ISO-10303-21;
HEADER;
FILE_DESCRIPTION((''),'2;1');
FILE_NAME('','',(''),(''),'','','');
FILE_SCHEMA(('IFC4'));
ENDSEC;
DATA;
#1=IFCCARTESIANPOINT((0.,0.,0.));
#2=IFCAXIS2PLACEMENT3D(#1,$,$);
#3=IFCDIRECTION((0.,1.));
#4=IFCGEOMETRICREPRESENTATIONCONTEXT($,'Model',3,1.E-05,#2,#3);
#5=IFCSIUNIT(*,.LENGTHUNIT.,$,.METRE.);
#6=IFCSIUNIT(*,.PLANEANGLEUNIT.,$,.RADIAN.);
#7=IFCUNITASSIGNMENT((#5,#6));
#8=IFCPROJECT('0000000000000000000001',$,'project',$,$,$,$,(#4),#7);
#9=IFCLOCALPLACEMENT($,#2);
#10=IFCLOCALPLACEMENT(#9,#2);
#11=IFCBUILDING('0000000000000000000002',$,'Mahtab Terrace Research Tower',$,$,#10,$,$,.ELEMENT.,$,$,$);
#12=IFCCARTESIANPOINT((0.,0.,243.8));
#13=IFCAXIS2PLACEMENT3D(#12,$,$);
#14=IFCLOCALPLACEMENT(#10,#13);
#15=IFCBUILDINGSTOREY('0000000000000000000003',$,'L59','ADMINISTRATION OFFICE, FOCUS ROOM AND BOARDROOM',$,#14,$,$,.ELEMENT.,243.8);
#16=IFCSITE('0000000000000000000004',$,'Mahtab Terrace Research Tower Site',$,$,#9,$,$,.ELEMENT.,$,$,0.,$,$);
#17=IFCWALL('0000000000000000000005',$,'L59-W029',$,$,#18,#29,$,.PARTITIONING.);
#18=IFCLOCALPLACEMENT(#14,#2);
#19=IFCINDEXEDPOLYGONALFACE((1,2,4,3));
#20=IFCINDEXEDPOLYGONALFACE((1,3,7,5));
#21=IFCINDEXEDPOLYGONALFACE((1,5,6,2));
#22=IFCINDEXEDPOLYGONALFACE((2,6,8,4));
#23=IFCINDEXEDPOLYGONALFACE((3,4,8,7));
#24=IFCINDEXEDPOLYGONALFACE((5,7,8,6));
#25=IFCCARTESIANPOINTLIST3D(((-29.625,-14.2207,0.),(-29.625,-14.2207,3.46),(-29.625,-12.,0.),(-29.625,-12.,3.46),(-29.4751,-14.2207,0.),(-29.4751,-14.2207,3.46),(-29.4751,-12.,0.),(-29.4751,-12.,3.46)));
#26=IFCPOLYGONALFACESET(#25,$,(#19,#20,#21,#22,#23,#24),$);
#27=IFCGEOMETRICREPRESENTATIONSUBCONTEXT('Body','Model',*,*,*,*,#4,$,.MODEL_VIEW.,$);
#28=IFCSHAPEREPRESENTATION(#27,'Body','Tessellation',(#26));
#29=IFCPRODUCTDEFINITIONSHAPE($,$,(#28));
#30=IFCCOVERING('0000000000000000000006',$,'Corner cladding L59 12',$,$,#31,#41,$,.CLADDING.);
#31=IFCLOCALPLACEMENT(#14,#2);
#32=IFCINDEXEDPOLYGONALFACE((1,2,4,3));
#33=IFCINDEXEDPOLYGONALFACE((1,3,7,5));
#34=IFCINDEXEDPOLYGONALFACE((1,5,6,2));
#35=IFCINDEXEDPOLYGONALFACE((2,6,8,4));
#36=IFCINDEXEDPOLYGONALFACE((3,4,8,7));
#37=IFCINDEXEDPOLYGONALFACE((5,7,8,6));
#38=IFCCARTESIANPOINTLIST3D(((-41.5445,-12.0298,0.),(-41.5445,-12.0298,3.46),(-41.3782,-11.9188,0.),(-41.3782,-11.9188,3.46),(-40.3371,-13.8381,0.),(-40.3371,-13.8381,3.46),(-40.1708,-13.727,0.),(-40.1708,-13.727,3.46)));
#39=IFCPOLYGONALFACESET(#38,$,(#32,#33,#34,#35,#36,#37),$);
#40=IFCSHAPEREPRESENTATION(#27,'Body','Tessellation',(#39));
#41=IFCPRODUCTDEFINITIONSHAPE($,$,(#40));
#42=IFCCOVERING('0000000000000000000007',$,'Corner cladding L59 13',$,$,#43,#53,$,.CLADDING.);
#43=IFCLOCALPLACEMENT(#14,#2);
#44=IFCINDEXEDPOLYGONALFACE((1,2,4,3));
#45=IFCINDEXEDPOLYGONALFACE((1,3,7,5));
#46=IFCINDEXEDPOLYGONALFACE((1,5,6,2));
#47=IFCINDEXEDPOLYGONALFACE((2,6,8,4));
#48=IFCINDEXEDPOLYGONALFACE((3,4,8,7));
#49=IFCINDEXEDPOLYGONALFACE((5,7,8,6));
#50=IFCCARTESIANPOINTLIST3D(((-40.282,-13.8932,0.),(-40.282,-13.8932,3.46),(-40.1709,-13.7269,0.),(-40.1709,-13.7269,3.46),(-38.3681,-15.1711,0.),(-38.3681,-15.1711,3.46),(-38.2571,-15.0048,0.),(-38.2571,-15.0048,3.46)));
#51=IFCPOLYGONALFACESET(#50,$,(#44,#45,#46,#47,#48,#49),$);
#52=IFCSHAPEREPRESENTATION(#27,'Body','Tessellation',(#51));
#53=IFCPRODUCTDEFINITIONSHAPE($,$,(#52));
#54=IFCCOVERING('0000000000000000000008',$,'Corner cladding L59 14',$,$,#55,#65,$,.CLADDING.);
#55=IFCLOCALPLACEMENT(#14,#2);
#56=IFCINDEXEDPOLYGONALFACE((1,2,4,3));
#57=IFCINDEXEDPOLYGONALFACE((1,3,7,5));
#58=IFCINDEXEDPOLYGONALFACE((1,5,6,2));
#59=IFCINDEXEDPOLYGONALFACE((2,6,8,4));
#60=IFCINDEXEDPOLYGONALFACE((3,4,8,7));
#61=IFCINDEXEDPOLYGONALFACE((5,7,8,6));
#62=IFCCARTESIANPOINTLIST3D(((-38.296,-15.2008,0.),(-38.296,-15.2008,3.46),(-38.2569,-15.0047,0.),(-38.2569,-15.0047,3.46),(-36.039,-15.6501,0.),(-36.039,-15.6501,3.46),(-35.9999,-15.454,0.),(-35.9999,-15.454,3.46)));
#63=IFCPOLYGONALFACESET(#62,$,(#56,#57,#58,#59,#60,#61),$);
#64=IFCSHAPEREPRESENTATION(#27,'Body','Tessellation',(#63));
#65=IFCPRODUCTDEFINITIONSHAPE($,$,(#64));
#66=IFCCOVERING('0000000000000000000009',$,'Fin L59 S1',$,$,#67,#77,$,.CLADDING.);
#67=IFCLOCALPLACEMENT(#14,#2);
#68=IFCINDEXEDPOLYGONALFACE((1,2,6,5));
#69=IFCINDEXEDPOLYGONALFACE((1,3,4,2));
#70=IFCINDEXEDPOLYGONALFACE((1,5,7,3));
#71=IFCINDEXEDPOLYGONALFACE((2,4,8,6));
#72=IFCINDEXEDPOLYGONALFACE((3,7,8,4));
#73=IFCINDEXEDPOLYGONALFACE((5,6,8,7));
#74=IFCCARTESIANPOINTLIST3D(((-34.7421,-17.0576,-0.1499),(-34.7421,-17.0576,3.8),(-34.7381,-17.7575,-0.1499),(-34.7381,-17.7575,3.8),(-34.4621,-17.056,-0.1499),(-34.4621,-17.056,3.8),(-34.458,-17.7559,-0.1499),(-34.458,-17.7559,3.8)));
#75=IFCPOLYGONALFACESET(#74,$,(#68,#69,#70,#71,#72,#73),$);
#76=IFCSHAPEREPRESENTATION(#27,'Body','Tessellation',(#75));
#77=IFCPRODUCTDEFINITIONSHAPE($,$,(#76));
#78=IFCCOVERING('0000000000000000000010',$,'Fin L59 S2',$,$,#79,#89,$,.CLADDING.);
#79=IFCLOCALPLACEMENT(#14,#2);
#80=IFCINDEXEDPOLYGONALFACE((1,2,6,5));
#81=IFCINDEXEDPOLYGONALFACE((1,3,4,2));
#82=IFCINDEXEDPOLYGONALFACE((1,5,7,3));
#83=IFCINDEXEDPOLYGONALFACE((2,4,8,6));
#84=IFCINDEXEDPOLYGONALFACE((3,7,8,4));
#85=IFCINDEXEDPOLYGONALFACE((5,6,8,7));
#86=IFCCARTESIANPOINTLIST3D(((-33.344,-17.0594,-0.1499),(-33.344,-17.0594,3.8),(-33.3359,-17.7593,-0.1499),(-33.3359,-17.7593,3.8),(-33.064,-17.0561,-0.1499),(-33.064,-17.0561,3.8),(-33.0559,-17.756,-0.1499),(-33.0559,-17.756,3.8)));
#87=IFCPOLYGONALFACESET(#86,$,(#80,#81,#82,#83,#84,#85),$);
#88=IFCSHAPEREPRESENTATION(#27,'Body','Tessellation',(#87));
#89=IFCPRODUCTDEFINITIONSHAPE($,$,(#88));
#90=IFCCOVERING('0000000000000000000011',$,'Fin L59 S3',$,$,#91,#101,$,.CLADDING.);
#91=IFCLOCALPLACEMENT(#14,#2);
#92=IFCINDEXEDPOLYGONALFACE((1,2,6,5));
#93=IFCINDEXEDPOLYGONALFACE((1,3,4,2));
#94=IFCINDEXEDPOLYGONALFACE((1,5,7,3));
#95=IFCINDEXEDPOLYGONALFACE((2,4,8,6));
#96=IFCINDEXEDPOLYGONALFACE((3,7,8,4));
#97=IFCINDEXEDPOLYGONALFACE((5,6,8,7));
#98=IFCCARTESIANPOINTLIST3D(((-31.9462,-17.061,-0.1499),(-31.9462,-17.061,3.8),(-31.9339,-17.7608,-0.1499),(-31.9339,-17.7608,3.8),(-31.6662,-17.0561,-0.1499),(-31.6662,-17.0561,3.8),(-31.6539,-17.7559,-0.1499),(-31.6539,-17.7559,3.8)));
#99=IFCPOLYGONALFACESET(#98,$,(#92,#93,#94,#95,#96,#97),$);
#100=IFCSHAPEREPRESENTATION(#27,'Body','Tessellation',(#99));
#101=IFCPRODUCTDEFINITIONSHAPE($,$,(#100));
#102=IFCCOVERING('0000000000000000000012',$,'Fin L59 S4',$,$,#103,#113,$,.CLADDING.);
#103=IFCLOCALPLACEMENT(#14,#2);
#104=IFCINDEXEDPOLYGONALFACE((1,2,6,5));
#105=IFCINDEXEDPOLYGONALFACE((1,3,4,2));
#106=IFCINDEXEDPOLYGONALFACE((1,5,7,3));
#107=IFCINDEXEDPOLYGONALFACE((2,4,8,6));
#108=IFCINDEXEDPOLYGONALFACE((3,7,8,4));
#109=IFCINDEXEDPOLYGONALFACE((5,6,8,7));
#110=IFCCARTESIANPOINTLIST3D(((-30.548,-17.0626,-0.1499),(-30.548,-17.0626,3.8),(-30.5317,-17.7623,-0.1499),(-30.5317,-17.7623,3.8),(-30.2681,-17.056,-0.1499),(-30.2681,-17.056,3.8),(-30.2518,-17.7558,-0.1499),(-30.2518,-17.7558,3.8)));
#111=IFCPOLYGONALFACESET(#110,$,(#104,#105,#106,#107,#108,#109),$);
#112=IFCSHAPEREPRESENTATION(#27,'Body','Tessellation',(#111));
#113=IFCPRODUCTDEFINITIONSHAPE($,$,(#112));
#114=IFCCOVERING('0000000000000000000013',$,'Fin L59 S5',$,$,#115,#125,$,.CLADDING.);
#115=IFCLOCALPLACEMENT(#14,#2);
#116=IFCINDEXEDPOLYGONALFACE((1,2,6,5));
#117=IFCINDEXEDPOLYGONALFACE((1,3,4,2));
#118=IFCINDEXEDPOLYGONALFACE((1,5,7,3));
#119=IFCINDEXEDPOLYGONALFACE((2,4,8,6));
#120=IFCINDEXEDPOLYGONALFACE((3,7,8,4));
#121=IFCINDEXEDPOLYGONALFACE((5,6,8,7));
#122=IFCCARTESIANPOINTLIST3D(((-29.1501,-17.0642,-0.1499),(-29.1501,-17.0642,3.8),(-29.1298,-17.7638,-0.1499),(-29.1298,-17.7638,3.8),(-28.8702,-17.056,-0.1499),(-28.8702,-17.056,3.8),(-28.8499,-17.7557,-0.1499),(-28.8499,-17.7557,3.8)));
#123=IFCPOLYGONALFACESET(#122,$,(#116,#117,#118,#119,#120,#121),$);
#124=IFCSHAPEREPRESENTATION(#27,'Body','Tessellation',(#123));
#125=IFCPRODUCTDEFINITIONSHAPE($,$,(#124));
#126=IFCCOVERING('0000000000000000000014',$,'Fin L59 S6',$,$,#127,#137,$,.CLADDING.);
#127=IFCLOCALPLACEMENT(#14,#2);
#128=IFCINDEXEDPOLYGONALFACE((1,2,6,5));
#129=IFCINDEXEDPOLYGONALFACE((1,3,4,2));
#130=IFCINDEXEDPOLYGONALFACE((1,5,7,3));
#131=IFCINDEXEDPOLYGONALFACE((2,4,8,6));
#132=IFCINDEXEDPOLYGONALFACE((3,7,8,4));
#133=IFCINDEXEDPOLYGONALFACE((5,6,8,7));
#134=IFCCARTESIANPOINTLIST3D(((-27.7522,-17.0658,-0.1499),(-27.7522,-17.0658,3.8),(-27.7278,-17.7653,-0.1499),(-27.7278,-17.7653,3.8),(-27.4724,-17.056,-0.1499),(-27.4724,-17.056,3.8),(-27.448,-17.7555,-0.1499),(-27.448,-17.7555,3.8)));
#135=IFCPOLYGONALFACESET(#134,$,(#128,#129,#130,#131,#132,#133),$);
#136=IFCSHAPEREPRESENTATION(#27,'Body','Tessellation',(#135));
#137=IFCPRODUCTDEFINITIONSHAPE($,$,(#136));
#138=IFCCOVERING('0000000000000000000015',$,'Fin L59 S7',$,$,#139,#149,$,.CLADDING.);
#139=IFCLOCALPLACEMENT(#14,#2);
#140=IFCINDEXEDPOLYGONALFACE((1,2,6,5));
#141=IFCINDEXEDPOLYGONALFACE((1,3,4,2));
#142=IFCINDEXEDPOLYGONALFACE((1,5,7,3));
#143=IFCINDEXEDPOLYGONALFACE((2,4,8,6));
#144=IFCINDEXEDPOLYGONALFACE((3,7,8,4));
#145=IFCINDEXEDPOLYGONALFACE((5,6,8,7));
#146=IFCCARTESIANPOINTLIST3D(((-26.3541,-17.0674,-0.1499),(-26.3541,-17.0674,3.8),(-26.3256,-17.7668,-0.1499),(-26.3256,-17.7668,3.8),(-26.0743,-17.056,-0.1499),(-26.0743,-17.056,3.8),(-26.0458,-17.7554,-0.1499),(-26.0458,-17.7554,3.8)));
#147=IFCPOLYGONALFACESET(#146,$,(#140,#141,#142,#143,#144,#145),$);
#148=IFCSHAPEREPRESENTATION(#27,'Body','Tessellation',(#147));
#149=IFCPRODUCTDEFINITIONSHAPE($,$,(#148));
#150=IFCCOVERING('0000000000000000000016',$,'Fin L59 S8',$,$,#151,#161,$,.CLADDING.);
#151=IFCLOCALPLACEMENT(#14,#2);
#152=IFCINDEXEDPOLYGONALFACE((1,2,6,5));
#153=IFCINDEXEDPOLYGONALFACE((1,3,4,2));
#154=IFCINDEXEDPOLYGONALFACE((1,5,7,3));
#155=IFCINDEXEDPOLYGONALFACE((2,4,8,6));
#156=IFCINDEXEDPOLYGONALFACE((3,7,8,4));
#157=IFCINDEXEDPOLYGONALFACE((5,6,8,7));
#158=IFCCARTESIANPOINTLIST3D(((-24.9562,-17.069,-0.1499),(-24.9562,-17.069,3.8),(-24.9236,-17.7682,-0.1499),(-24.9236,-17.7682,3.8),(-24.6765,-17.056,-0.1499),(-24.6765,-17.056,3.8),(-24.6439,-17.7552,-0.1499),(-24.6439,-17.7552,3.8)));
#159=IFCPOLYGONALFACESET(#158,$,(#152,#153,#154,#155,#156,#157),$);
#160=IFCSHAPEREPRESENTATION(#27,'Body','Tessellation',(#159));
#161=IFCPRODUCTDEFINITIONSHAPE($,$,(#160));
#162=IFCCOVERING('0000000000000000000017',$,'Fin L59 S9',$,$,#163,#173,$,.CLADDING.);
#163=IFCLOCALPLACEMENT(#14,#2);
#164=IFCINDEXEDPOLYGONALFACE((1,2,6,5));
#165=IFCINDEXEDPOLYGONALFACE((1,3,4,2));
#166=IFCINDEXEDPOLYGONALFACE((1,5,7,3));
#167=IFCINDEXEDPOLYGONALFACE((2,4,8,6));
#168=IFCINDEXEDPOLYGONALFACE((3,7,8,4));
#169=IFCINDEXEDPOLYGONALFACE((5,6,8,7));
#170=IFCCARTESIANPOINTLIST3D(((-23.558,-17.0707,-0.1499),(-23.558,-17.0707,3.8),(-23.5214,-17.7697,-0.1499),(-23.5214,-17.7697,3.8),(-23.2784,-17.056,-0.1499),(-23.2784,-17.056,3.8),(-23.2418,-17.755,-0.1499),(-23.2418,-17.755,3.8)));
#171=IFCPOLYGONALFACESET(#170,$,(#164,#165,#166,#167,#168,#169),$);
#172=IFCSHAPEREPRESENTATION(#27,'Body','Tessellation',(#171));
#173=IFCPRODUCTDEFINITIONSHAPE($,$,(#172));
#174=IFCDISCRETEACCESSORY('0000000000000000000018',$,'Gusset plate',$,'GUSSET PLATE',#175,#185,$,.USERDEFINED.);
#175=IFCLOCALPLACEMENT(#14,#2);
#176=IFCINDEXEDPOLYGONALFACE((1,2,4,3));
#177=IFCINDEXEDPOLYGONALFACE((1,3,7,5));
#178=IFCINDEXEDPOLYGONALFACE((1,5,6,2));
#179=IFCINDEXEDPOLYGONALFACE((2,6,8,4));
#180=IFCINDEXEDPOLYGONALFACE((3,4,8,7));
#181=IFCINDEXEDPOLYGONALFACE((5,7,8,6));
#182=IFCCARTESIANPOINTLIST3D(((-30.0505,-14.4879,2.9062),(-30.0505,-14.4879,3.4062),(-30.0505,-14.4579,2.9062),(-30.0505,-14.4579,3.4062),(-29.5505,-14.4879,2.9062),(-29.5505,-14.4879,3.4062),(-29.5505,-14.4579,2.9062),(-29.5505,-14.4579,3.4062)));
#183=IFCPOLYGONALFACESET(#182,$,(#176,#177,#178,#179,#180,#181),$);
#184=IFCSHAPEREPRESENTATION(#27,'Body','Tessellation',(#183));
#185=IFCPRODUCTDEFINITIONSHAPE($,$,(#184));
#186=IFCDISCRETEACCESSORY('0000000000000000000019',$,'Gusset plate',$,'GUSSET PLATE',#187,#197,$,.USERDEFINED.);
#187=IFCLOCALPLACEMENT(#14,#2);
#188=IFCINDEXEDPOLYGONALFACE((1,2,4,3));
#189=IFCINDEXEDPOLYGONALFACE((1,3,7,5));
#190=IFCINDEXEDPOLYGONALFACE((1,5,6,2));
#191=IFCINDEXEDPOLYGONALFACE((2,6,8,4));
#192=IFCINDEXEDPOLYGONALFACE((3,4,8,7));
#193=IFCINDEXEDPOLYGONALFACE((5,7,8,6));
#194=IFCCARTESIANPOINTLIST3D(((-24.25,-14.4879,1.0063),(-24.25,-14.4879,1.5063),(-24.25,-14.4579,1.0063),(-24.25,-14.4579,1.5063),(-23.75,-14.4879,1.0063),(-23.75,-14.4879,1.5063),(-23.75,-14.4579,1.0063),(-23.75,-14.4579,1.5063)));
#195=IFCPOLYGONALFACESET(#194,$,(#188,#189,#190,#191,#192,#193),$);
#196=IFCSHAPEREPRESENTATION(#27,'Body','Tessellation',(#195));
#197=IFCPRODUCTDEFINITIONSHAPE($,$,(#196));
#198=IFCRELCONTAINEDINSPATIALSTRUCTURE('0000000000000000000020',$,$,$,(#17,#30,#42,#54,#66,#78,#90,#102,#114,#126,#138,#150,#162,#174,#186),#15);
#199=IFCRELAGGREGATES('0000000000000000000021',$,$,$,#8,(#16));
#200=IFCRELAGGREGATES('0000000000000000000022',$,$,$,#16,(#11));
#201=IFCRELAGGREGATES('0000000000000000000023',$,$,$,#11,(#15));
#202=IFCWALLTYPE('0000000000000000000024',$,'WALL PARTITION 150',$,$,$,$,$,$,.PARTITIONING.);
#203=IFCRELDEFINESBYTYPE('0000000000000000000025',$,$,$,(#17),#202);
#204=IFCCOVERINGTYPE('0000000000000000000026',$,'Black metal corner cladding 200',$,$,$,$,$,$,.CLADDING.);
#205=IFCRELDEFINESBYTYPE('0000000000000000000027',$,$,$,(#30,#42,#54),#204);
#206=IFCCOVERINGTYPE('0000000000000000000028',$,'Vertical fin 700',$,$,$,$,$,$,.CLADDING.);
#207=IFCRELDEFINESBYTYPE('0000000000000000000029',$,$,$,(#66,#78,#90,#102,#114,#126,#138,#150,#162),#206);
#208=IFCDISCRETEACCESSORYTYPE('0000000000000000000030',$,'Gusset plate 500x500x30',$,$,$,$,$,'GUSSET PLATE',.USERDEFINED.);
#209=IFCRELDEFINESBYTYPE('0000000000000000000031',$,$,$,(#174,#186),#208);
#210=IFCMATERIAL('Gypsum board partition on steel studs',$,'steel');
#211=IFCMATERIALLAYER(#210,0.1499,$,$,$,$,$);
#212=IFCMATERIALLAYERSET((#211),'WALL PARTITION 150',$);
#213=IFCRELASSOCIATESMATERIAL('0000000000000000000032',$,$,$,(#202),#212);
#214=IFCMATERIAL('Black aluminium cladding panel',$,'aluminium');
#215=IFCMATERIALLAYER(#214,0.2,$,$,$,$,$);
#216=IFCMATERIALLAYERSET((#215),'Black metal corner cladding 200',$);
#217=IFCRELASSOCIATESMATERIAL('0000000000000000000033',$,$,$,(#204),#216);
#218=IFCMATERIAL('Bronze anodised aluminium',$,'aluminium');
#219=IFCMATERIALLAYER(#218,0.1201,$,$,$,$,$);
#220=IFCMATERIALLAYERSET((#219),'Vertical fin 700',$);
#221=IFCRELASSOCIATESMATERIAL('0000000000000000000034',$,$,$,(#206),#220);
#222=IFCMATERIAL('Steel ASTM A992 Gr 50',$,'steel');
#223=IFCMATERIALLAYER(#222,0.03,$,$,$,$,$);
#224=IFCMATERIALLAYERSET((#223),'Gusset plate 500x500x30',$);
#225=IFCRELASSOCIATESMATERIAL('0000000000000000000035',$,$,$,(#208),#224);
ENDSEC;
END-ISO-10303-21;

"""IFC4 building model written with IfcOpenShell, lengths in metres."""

from ifc_helpers import new_model, si_unit, direction, frame, frame_2d, origin, origin_2d, place, context, subcontext, project, spatial, rectangle, extrude, material, layer, layer_set, type_object, element, save


model = new_model("IFC4")

# Units and contexts
model_context = context("Model", 3, precision=1e-05, world=origin(), true_north=direction((0.0, 1.0)))
body_context = subcontext(model_context, "Body", "Model", "MODEL_VIEW")
ifc_project = project(units=[si_unit("LENGTHUNIT", "METRE"), si_unit("PLANEANGLEUNIT", "RADIAN")], contexts=[model_context])

# Site, building, storey
site_placement = place(None, origin())
site = spatial("IfcSite", under=ifc_project, at=site_placement, Name="Mahtab Terrace Research Tower Site", CompositionType="ELEMENT", RefElevation=0.0)
building_placement = place(site_placement, origin())
building = spatial("IfcBuilding", under=site, at=building_placement, Name="Mahtab Terrace Research Tower", CompositionType="ELEMENT")
storey_placement = place(building_placement, frame((0.0, 0.0, 243.8)))
storey = spatial("IfcBuildingStorey", under=building, at=storey_placement, Name="L59", Description="ADMINISTRATION OFFICE, FOCUS ROOM AND BOARDROOM", CompositionType="ELEMENT", Elevation=243.8)

# Shared definitions
ifc_material_1 = material(Name="Steel ASTM A992 Gr 50", Category="steel")

# Wall
ifc_material_2 = material(Name="Gypsum board partition on steel studs", Category="steel")
ifc_layer_1 = layer(ifc_material_2, 0.1499)
ifc_layer_set_1 = layer_set([ifc_layer_1], Name="WALL PARTITION 150")
wall_type_1 = type_object("IfcWallType", Name="WALL PARTITION 150", PredefinedType="PARTITIONING", material=ifc_layer_set_1)
wall_1_placement = place(storey_placement, frame((-29.55, -14.2207, 0.0), z_axis=(0.0, 0.0, 1.0), x_axis=(0.0, 1.0, 0.0)))
element("IfcWall", 1, at=wall_1_placement, inside=storey, type_object=wall_type_1, Name="L59-W029", PredefinedType="PARTITIONING", context=body_context, shape_type="SweptSolid", body=[
    extrude(rectangle(XDim=2.2207, YDim=0.1499, at=frame_2d((1.1104, 0.0))), origin(), (0.0, 0.0, 1.0), 3.46),
])

# Coverings
ifc_material_3 = material(Name="Black aluminium cladding panel", Category="aluminium")
ifc_layer_2 = layer(ifc_material_3, 0.2)
ifc_layer_set_2 = layer_set([ifc_layer_2], Name="Black metal corner cladding 200")
covering_type_1 = type_object("IfcCoveringType", Name="Black metal corner cladding 200", PredefinedType="CLADDING", material=ifc_layer_set_2)
covering_placement = place(storey_placement, frame((-40.8577, -12.8784, 0.0), z_axis=(0.0, 0.0, 1.0), x_axis=(0.555291, -0.831656, 0.0)))
element("IfcCovering", 2, at=covering_placement, inside=storey, type_object=covering_type_1, Name="Corner cladding L59 12", PredefinedType="CLADDING", context=body_context, shape_type="SweptSolid", body=[
    extrude(rectangle(XDim=2.1743, YDim=0.2, at=origin_2d()), origin(), (0.0, 0.0, 1.0), 3.46),
])
for number, where, z_axis, x_axis, name in (
    (3, (-39.2695, -14.449, 0.0), (0.0, 0.0, 1.0), (0.831656, -0.555291, 0.0), "Corner cladding L59 13"),
    (4, (-37.1479, -15.3274, 0.0), (0.0, 0.0, 1.0), (0.980761, -0.195212, 0.0), "Corner cladding L59 14"),
):
    element("IfcCovering", number, at=place(storey_placement, frame(where, z_axis=z_axis, x_axis=x_axis)), inside=storey, type_object=covering_type_1, Name=name, PredefinedType="CLADDING", context=body_context, shape_type="SweptSolid", body=[
        extrude(rectangle(XDim=2.3013, YDim=0.2, at=origin_2d()), origin(), (0.0, 0.0, 1.0), 3.46),
    ])
ifc_material_4 = material(Name="Bronze anodised aluminium", Category="aluminium")
ifc_layer_3 = layer(ifc_material_4, 0.1201)
ifc_layer_set_3 = layer_set([ifc_layer_3], Name="Vertical fin 700")
covering_type_2 = type_object("IfcCoveringType", Name="Vertical fin 700", PredefinedType="CLADDING", material=ifc_layer_set_3)
for number, where, z_axis, x_axis, name in (
    (5, (-34.6001, -17.4067, -0.1499), (0.0, 0.0, 1.0), (0.999983, 0.005818, 0.0), "Fin L59 S1"),
    (6, (-33.2, -17.4077, -0.1499), (0.0, 0.0, 1.0), (0.999932, 0.011635, 0.0), "Fin L59 S2"),
    (7, (-31.8, -17.4084, -0.1499), (0.0, 0.0, 1.0), (0.999848, 0.017452, 0.0), "Fin L59 S3"),
    (8, (-30.3999, -17.4092, -0.1499), (0.0, 0.0, 1.0), (0.999729, 0.023269, 0.0), "Fin L59 S4"),
    (9, (-29.0, -17.4099, -0.1499), (0.0, 0.0, 1.0), (0.999577, 0.029085, 0.0), "Fin L59 S5"),
    (10, (-27.6001, -17.4106, -0.1499), (0.0, 0.0, 1.0), (0.999391, 0.034899, 0.0), "Fin L59 S6"),
    (11, (-26.2, -17.4114, -0.1499), (0.0, 0.0, 1.0), (0.999171, 0.040713, 0.0), "Fin L59 S7"),
    (12, (-24.8, -17.4121, -0.1499), (0.0, 0.0, 1.0), (0.998917, 0.046525, 0.0), "Fin L59 S8"),
    (13, (-23.3999, -17.4128, -0.1499), (0.0, 0.0, 1.0), (0.99863, 0.052336, 0.0), "Fin L59 S9"),
):
    element("IfcCovering", number, at=place(storey_placement, frame(where, z_axis=z_axis, x_axis=x_axis)), inside=storey, type_object=covering_type_2, Name=name, PredefinedType="CLADDING", context=body_context, shape_type="SweptSolid", body=[
        extrude(rectangle(XDim=0.28, YDim=0.7, at=origin_2d()), origin(), (0.0, 0.0, 1.0), 3.95),
    ])

# Discrete accessories
ifc_layer_4 = layer(ifc_material_1, 0.03)
ifc_layer_set_4 = layer_set([ifc_layer_4], Name="Gusset plate 500x500x30")
discrete_accessory_type = type_object("IfcDiscreteAccessoryType", Name="Gusset plate 500x500x30", ElementType="GUSSET PLATE", PredefinedType="USERDEFINED", material=ifc_layer_set_4)
for number, where, z_axis, x_axis, name in (
    (14, (-29.8005, -14.4729, 2.9062), (0.0, 0.0, 1.0), (1.0, 0.0, 0.0), "Gusset plate"),
    (15, (-24.0, -14.4729, 1.0063), (0.0, 0.0, 1.0), (1.0, 0.0, 0.0), "Gusset plate"),
):
    element("IfcDiscreteAccessory", number, at=place(storey_placement, frame(where, z_axis=z_axis, x_axis=x_axis)), inside=storey, type_object=discrete_accessory_type, Name=name, ObjectType="GUSSET PLATE", PredefinedType="USERDEFINED", context=body_context, shape_type="SweptSolid", body=[
        extrude(rectangle(XDim=0.5, YDim=0.03, at=origin_2d()), origin(), (0.0, 0.0, 1.0), 0.5),
    ])

save(model, "model.ifc")
